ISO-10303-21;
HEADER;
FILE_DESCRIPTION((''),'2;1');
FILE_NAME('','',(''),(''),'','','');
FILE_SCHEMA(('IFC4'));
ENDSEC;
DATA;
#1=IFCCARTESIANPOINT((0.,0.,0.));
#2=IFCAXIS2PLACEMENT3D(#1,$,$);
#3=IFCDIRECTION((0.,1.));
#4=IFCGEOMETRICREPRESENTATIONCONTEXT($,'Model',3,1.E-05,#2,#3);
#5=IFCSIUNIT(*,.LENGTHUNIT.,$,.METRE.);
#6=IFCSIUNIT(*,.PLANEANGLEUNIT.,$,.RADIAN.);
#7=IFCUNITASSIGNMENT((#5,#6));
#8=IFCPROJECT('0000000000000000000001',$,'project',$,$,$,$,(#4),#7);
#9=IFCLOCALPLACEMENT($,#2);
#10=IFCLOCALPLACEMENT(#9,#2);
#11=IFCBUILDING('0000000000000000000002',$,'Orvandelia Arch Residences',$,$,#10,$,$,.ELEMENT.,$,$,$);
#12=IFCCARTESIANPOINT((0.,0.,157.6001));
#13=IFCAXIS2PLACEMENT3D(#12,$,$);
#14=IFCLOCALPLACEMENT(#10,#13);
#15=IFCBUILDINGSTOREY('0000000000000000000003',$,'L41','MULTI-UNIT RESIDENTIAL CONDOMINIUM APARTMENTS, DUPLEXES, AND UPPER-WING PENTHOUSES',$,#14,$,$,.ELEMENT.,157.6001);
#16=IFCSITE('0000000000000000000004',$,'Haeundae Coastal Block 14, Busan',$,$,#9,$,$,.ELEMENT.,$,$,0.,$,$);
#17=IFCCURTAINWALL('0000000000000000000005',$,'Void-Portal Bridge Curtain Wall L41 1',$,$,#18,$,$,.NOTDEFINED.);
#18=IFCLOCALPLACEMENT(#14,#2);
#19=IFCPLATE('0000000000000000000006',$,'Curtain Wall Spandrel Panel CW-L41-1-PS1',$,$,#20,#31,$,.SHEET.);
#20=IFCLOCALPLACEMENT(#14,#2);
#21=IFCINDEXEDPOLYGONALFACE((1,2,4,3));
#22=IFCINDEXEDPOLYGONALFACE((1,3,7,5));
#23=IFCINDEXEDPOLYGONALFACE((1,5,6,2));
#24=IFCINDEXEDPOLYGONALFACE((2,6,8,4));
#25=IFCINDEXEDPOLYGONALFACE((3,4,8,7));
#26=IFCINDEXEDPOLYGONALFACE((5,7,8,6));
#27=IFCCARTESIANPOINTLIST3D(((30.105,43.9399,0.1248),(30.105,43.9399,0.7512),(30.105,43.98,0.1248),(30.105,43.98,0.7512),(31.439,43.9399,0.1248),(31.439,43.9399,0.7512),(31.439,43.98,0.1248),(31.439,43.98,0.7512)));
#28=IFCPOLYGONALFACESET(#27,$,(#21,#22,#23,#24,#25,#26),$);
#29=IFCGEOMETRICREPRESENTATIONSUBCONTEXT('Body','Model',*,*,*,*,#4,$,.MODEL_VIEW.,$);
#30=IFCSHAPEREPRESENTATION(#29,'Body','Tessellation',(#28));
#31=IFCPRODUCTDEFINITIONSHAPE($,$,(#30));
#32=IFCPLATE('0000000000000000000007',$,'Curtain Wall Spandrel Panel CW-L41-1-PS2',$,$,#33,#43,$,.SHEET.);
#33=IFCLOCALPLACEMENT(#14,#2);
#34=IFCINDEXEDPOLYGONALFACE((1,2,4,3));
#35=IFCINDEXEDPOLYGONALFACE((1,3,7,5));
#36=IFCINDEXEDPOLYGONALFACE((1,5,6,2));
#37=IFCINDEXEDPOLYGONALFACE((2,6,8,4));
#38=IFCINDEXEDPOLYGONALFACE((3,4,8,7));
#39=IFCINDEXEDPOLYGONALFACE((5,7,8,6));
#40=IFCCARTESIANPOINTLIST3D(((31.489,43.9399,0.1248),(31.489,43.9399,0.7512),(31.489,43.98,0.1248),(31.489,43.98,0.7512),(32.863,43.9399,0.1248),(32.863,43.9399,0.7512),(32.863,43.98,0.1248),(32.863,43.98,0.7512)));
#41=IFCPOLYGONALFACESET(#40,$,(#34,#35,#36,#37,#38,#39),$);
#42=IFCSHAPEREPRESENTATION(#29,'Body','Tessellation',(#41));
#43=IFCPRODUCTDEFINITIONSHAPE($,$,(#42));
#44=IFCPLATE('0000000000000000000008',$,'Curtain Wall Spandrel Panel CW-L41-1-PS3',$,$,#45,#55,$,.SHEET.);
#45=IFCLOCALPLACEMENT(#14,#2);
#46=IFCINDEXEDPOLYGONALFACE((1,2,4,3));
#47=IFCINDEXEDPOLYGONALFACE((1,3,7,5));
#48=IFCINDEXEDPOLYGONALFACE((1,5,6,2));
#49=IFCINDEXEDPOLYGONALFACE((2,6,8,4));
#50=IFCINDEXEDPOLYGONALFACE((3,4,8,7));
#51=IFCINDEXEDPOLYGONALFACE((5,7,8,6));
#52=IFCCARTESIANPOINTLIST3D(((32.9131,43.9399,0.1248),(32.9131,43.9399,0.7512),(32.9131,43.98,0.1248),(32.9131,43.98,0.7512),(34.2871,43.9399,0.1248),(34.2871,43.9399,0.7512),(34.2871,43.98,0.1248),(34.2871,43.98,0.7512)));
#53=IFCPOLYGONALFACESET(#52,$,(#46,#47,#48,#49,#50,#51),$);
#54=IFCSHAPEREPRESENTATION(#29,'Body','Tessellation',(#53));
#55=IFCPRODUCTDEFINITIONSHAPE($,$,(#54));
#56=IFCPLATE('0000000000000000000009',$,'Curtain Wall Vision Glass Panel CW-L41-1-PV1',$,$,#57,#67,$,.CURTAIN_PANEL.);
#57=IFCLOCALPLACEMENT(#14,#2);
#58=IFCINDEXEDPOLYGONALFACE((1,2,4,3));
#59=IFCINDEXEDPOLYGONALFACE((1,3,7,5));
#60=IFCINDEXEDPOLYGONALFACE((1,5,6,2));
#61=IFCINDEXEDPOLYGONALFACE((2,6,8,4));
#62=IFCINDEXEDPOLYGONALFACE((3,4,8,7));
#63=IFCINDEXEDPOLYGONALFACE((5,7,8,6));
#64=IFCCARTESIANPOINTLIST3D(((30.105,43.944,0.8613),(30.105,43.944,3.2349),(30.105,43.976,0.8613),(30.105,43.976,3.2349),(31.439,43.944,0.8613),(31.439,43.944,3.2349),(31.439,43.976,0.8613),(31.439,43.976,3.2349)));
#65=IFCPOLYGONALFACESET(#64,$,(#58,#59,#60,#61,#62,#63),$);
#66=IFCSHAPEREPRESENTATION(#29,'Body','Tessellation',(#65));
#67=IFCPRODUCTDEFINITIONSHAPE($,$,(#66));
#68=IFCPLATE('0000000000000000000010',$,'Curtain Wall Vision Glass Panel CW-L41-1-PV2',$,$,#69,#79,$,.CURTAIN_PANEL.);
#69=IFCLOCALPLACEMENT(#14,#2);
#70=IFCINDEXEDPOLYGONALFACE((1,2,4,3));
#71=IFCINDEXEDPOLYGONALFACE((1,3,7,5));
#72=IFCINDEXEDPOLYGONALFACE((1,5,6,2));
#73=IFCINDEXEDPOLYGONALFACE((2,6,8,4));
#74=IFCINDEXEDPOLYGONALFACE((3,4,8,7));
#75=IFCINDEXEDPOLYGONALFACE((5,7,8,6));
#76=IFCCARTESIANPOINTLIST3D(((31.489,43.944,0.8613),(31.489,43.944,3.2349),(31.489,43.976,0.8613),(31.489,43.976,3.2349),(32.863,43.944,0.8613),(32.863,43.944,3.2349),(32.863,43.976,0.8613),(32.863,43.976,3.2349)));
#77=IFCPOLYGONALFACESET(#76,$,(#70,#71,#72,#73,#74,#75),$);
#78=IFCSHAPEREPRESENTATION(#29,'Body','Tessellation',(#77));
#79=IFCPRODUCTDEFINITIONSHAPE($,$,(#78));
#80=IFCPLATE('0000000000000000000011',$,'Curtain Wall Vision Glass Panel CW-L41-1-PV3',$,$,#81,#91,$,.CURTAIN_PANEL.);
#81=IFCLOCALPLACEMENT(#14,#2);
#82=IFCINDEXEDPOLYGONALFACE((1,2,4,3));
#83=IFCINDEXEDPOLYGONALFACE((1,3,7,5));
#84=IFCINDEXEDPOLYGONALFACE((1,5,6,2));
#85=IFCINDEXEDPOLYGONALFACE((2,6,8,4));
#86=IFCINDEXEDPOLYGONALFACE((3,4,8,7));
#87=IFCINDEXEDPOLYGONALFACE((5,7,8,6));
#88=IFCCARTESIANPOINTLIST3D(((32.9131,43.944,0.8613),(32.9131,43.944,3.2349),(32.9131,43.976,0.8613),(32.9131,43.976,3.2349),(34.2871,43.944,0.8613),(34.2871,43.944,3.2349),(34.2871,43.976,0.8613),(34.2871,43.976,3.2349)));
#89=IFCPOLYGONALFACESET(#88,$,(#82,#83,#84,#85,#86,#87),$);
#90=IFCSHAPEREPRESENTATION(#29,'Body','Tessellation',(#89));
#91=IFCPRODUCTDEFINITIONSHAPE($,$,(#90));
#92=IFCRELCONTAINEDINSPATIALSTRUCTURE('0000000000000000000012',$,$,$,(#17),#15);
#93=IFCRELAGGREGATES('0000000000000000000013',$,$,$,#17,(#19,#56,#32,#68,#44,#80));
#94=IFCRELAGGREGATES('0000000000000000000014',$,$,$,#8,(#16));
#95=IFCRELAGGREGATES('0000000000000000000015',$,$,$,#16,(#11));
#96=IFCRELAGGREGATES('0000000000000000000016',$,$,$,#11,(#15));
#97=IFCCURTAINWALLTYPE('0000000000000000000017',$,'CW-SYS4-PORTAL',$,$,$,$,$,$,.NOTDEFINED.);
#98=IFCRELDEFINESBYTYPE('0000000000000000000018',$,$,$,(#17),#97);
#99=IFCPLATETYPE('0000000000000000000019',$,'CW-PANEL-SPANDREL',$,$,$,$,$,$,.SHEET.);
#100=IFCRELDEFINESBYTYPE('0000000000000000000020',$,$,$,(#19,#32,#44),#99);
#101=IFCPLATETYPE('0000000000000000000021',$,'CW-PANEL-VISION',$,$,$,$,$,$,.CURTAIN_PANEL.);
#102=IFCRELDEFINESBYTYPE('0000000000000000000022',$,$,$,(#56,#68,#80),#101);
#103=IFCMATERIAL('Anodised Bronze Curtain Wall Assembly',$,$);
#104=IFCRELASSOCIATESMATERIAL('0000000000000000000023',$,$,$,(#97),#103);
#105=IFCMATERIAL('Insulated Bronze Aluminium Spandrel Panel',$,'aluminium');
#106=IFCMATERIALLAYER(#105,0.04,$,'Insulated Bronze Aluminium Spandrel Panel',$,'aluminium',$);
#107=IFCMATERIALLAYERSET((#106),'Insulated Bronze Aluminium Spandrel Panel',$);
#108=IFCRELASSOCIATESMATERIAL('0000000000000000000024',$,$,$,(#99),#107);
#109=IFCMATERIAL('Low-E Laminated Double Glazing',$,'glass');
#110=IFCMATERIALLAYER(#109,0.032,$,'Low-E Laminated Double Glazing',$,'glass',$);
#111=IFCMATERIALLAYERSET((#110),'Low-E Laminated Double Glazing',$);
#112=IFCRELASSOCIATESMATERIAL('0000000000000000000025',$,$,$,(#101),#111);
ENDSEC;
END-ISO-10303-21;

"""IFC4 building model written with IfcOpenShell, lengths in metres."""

from ifc_helpers import new_model, si_unit, direction, frame, origin, origin_2d, place, context, subcontext, project, spatial, rectangle, extrude, material, layer, layer_set, type_object, element, aggregate, save


model = new_model("IFC4")

# Units and contexts
model_context = context("Model", 3, precision=1e-05, world=origin(), true_north=direction((0.0, 1.0)))
body_context = subcontext(model_context, "Body", "Model", "MODEL_VIEW")
ifc_project = project(units=[si_unit("LENGTHUNIT", "METRE"), si_unit("PLANEANGLEUNIT", "RADIAN")], contexts=[model_context])

# Site, building, storey
site_placement = place(None, origin())
site = spatial("IfcSite", under=ifc_project, at=site_placement, Name="Haeundae Coastal Block 14, Busan", CompositionType="ELEMENT", RefElevation=0.0)
building_placement = place(site_placement, origin())
building = spatial("IfcBuilding", under=site, at=building_placement, Name="Orvandelia Arch Residences", CompositionType="ELEMENT")
storey_placement = place(building_placement, frame((0.0, 0.0, 157.6001)))
storey = spatial("IfcBuildingStorey", under=building, at=storey_placement, Name="L41", Description="MULTI-UNIT RESIDENTIAL CONDOMINIUM APARTMENTS, DUPLEXES, AND UPPER-WING PENTHOUSES", CompositionType="ELEMENT", Elevation=157.6001)

# Curtain wall, plates
ifc_material_1 = material(Name="Anodised Bronze Curtain Wall Assembly")
curtain_wall_type = type_object("IfcCurtainWallType", Name="CW-SYS4-PORTAL", PredefinedType="NOTDEFINED", material=ifc_material_1)
curtain_wall_placement = place(storey_placement, origin())
curtain_wall = element("IfcCurtainWall", 1, at=curtain_wall_placement, inside=storey, type_object=curtain_wall_type, Name="Void-Portal Bridge Curtain Wall L41 1", PredefinedType="NOTDEFINED")
ifc_material_2 = material(Name="Insulated Bronze Aluminium Spandrel Panel", Category="aluminium")
ifc_layer_1 = layer(ifc_material_2, 0.04, Name="Insulated Bronze Aluminium Spandrel Panel", Category="aluminium")
ifc_layer_set_1 = layer_set([ifc_layer_1], Name="Insulated Bronze Aluminium Spandrel Panel")
plate_type_1 = type_object("IfcPlateType", Name="CW-PANEL-SPANDREL", PredefinedType="SHEET", material=ifc_layer_set_1)
plate_1_placement = place(storey_placement, frame((30.772, 43.96, 0.1248), z_axis=(0.0, 0.0, 1.0), x_axis=(1.0, 0.0, 0.0)))
plate_1 = element("IfcPlate", 2, at=plate_1_placement, type_object=plate_type_1, Name="Curtain Wall Spandrel Panel CW-L41-1-PS1", PredefinedType="SHEET", context=body_context, shape_type="SweptSolid", body=[
    extrude(rectangle(XDim=1.334, YDim=0.04, at=origin_2d()), origin(), (0.0, 0.0, 1.0), 0.6265),
])
plate_2_placement = place(storey_placement, frame((32.176, 43.96, 0.1248), z_axis=(0.0, 0.0, 1.0), x_axis=(1.0, 0.0, 0.0)))
plate_2 = element("IfcPlate", 3, at=plate_2_placement, type_object=plate_type_1, Name="Curtain Wall Spandrel Panel CW-L41-1-PS2", PredefinedType="SHEET", context=body_context, shape_type="SweptSolid", body=[
    extrude(rectangle(XDim=1.374, YDim=0.04, at=origin_2d()), origin(), (0.0, 0.0, 1.0), 0.6265),
])
plate_3_placement = place(storey_placement, frame((33.6001, 43.96, 0.1248), z_axis=(0.0, 0.0, 1.0), x_axis=(1.0, 0.0, 0.0)))
plate_3 = element("IfcPlate", 4, at=plate_3_placement, type_object=plate_type_1, Name="Curtain Wall Spandrel Panel CW-L41-1-PS3", PredefinedType="SHEET", context=body_context, shape_type="SweptSolid", body=[
    extrude(rectangle(XDim=1.374, YDim=0.04, at=origin_2d()), origin(), (0.0, 0.0, 1.0), 0.6265),
])
ifc_material_3 = material(Name="Low-E Laminated Double Glazing", Category="glass")
ifc_layer_2 = layer(ifc_material_3, 0.032, Name="Low-E Laminated Double Glazing", Category="glass")
ifc_layer_set_2 = layer_set([ifc_layer_2], Name="Low-E Laminated Double Glazing")
plate_type_2 = type_object("IfcPlateType", Name="CW-PANEL-VISION", PredefinedType="CURTAIN_PANEL", material=ifc_layer_set_2)
plate_4_placement = place(storey_placement, frame((30.772, 43.96, 0.8613), z_axis=(0.0, 0.0, 1.0), x_axis=(1.0, 0.0, 0.0)))
plate_4 = element("IfcPlate", 5, at=plate_4_placement, type_object=plate_type_2, Name="Curtain Wall Vision Glass Panel CW-L41-1-PV1", PredefinedType="CURTAIN_PANEL", context=body_context, shape_type="SweptSolid", body=[
    extrude(rectangle(XDim=1.334, YDim=0.032, at=origin_2d()), origin(), (0.0, 0.0, 1.0), 2.3735),
])
plate_5_placement = place(storey_placement, frame((32.176, 43.96, 0.8613), z_axis=(0.0, 0.0, 1.0), x_axis=(1.0, 0.0, 0.0)))
plate_5 = element("IfcPlate", 6, at=plate_5_placement, type_object=plate_type_2, Name="Curtain Wall Vision Glass Panel CW-L41-1-PV2", PredefinedType="CURTAIN_PANEL", context=body_context, shape_type="SweptSolid", body=[
    extrude(rectangle(XDim=1.374, YDim=0.032, at=origin_2d()), origin(), (0.0, 0.0, 1.0), 2.3735),
])
plate_6_placement = place(storey_placement, frame((33.6001, 43.96, 0.8613), z_axis=(0.0, 0.0, 1.0), x_axis=(1.0, 0.0, 0.0)))
plate_6 = element("IfcPlate", 7, at=plate_6_placement, type_object=plate_type_2, Name="Curtain Wall Vision Glass Panel CW-L41-1-PV3", PredefinedType="CURTAIN_PANEL", context=body_context, shape_type="SweptSolid", body=[
    extrude(rectangle(XDim=1.374, YDim=0.032, at=origin_2d()), origin(), (0.0, 0.0, 1.0), 2.3735),
])
aggregate(curtain_wall, [plate_1, plate_4, plate_2, plate_5, plate_3, plate_6])

save(model, "model.ifc")
